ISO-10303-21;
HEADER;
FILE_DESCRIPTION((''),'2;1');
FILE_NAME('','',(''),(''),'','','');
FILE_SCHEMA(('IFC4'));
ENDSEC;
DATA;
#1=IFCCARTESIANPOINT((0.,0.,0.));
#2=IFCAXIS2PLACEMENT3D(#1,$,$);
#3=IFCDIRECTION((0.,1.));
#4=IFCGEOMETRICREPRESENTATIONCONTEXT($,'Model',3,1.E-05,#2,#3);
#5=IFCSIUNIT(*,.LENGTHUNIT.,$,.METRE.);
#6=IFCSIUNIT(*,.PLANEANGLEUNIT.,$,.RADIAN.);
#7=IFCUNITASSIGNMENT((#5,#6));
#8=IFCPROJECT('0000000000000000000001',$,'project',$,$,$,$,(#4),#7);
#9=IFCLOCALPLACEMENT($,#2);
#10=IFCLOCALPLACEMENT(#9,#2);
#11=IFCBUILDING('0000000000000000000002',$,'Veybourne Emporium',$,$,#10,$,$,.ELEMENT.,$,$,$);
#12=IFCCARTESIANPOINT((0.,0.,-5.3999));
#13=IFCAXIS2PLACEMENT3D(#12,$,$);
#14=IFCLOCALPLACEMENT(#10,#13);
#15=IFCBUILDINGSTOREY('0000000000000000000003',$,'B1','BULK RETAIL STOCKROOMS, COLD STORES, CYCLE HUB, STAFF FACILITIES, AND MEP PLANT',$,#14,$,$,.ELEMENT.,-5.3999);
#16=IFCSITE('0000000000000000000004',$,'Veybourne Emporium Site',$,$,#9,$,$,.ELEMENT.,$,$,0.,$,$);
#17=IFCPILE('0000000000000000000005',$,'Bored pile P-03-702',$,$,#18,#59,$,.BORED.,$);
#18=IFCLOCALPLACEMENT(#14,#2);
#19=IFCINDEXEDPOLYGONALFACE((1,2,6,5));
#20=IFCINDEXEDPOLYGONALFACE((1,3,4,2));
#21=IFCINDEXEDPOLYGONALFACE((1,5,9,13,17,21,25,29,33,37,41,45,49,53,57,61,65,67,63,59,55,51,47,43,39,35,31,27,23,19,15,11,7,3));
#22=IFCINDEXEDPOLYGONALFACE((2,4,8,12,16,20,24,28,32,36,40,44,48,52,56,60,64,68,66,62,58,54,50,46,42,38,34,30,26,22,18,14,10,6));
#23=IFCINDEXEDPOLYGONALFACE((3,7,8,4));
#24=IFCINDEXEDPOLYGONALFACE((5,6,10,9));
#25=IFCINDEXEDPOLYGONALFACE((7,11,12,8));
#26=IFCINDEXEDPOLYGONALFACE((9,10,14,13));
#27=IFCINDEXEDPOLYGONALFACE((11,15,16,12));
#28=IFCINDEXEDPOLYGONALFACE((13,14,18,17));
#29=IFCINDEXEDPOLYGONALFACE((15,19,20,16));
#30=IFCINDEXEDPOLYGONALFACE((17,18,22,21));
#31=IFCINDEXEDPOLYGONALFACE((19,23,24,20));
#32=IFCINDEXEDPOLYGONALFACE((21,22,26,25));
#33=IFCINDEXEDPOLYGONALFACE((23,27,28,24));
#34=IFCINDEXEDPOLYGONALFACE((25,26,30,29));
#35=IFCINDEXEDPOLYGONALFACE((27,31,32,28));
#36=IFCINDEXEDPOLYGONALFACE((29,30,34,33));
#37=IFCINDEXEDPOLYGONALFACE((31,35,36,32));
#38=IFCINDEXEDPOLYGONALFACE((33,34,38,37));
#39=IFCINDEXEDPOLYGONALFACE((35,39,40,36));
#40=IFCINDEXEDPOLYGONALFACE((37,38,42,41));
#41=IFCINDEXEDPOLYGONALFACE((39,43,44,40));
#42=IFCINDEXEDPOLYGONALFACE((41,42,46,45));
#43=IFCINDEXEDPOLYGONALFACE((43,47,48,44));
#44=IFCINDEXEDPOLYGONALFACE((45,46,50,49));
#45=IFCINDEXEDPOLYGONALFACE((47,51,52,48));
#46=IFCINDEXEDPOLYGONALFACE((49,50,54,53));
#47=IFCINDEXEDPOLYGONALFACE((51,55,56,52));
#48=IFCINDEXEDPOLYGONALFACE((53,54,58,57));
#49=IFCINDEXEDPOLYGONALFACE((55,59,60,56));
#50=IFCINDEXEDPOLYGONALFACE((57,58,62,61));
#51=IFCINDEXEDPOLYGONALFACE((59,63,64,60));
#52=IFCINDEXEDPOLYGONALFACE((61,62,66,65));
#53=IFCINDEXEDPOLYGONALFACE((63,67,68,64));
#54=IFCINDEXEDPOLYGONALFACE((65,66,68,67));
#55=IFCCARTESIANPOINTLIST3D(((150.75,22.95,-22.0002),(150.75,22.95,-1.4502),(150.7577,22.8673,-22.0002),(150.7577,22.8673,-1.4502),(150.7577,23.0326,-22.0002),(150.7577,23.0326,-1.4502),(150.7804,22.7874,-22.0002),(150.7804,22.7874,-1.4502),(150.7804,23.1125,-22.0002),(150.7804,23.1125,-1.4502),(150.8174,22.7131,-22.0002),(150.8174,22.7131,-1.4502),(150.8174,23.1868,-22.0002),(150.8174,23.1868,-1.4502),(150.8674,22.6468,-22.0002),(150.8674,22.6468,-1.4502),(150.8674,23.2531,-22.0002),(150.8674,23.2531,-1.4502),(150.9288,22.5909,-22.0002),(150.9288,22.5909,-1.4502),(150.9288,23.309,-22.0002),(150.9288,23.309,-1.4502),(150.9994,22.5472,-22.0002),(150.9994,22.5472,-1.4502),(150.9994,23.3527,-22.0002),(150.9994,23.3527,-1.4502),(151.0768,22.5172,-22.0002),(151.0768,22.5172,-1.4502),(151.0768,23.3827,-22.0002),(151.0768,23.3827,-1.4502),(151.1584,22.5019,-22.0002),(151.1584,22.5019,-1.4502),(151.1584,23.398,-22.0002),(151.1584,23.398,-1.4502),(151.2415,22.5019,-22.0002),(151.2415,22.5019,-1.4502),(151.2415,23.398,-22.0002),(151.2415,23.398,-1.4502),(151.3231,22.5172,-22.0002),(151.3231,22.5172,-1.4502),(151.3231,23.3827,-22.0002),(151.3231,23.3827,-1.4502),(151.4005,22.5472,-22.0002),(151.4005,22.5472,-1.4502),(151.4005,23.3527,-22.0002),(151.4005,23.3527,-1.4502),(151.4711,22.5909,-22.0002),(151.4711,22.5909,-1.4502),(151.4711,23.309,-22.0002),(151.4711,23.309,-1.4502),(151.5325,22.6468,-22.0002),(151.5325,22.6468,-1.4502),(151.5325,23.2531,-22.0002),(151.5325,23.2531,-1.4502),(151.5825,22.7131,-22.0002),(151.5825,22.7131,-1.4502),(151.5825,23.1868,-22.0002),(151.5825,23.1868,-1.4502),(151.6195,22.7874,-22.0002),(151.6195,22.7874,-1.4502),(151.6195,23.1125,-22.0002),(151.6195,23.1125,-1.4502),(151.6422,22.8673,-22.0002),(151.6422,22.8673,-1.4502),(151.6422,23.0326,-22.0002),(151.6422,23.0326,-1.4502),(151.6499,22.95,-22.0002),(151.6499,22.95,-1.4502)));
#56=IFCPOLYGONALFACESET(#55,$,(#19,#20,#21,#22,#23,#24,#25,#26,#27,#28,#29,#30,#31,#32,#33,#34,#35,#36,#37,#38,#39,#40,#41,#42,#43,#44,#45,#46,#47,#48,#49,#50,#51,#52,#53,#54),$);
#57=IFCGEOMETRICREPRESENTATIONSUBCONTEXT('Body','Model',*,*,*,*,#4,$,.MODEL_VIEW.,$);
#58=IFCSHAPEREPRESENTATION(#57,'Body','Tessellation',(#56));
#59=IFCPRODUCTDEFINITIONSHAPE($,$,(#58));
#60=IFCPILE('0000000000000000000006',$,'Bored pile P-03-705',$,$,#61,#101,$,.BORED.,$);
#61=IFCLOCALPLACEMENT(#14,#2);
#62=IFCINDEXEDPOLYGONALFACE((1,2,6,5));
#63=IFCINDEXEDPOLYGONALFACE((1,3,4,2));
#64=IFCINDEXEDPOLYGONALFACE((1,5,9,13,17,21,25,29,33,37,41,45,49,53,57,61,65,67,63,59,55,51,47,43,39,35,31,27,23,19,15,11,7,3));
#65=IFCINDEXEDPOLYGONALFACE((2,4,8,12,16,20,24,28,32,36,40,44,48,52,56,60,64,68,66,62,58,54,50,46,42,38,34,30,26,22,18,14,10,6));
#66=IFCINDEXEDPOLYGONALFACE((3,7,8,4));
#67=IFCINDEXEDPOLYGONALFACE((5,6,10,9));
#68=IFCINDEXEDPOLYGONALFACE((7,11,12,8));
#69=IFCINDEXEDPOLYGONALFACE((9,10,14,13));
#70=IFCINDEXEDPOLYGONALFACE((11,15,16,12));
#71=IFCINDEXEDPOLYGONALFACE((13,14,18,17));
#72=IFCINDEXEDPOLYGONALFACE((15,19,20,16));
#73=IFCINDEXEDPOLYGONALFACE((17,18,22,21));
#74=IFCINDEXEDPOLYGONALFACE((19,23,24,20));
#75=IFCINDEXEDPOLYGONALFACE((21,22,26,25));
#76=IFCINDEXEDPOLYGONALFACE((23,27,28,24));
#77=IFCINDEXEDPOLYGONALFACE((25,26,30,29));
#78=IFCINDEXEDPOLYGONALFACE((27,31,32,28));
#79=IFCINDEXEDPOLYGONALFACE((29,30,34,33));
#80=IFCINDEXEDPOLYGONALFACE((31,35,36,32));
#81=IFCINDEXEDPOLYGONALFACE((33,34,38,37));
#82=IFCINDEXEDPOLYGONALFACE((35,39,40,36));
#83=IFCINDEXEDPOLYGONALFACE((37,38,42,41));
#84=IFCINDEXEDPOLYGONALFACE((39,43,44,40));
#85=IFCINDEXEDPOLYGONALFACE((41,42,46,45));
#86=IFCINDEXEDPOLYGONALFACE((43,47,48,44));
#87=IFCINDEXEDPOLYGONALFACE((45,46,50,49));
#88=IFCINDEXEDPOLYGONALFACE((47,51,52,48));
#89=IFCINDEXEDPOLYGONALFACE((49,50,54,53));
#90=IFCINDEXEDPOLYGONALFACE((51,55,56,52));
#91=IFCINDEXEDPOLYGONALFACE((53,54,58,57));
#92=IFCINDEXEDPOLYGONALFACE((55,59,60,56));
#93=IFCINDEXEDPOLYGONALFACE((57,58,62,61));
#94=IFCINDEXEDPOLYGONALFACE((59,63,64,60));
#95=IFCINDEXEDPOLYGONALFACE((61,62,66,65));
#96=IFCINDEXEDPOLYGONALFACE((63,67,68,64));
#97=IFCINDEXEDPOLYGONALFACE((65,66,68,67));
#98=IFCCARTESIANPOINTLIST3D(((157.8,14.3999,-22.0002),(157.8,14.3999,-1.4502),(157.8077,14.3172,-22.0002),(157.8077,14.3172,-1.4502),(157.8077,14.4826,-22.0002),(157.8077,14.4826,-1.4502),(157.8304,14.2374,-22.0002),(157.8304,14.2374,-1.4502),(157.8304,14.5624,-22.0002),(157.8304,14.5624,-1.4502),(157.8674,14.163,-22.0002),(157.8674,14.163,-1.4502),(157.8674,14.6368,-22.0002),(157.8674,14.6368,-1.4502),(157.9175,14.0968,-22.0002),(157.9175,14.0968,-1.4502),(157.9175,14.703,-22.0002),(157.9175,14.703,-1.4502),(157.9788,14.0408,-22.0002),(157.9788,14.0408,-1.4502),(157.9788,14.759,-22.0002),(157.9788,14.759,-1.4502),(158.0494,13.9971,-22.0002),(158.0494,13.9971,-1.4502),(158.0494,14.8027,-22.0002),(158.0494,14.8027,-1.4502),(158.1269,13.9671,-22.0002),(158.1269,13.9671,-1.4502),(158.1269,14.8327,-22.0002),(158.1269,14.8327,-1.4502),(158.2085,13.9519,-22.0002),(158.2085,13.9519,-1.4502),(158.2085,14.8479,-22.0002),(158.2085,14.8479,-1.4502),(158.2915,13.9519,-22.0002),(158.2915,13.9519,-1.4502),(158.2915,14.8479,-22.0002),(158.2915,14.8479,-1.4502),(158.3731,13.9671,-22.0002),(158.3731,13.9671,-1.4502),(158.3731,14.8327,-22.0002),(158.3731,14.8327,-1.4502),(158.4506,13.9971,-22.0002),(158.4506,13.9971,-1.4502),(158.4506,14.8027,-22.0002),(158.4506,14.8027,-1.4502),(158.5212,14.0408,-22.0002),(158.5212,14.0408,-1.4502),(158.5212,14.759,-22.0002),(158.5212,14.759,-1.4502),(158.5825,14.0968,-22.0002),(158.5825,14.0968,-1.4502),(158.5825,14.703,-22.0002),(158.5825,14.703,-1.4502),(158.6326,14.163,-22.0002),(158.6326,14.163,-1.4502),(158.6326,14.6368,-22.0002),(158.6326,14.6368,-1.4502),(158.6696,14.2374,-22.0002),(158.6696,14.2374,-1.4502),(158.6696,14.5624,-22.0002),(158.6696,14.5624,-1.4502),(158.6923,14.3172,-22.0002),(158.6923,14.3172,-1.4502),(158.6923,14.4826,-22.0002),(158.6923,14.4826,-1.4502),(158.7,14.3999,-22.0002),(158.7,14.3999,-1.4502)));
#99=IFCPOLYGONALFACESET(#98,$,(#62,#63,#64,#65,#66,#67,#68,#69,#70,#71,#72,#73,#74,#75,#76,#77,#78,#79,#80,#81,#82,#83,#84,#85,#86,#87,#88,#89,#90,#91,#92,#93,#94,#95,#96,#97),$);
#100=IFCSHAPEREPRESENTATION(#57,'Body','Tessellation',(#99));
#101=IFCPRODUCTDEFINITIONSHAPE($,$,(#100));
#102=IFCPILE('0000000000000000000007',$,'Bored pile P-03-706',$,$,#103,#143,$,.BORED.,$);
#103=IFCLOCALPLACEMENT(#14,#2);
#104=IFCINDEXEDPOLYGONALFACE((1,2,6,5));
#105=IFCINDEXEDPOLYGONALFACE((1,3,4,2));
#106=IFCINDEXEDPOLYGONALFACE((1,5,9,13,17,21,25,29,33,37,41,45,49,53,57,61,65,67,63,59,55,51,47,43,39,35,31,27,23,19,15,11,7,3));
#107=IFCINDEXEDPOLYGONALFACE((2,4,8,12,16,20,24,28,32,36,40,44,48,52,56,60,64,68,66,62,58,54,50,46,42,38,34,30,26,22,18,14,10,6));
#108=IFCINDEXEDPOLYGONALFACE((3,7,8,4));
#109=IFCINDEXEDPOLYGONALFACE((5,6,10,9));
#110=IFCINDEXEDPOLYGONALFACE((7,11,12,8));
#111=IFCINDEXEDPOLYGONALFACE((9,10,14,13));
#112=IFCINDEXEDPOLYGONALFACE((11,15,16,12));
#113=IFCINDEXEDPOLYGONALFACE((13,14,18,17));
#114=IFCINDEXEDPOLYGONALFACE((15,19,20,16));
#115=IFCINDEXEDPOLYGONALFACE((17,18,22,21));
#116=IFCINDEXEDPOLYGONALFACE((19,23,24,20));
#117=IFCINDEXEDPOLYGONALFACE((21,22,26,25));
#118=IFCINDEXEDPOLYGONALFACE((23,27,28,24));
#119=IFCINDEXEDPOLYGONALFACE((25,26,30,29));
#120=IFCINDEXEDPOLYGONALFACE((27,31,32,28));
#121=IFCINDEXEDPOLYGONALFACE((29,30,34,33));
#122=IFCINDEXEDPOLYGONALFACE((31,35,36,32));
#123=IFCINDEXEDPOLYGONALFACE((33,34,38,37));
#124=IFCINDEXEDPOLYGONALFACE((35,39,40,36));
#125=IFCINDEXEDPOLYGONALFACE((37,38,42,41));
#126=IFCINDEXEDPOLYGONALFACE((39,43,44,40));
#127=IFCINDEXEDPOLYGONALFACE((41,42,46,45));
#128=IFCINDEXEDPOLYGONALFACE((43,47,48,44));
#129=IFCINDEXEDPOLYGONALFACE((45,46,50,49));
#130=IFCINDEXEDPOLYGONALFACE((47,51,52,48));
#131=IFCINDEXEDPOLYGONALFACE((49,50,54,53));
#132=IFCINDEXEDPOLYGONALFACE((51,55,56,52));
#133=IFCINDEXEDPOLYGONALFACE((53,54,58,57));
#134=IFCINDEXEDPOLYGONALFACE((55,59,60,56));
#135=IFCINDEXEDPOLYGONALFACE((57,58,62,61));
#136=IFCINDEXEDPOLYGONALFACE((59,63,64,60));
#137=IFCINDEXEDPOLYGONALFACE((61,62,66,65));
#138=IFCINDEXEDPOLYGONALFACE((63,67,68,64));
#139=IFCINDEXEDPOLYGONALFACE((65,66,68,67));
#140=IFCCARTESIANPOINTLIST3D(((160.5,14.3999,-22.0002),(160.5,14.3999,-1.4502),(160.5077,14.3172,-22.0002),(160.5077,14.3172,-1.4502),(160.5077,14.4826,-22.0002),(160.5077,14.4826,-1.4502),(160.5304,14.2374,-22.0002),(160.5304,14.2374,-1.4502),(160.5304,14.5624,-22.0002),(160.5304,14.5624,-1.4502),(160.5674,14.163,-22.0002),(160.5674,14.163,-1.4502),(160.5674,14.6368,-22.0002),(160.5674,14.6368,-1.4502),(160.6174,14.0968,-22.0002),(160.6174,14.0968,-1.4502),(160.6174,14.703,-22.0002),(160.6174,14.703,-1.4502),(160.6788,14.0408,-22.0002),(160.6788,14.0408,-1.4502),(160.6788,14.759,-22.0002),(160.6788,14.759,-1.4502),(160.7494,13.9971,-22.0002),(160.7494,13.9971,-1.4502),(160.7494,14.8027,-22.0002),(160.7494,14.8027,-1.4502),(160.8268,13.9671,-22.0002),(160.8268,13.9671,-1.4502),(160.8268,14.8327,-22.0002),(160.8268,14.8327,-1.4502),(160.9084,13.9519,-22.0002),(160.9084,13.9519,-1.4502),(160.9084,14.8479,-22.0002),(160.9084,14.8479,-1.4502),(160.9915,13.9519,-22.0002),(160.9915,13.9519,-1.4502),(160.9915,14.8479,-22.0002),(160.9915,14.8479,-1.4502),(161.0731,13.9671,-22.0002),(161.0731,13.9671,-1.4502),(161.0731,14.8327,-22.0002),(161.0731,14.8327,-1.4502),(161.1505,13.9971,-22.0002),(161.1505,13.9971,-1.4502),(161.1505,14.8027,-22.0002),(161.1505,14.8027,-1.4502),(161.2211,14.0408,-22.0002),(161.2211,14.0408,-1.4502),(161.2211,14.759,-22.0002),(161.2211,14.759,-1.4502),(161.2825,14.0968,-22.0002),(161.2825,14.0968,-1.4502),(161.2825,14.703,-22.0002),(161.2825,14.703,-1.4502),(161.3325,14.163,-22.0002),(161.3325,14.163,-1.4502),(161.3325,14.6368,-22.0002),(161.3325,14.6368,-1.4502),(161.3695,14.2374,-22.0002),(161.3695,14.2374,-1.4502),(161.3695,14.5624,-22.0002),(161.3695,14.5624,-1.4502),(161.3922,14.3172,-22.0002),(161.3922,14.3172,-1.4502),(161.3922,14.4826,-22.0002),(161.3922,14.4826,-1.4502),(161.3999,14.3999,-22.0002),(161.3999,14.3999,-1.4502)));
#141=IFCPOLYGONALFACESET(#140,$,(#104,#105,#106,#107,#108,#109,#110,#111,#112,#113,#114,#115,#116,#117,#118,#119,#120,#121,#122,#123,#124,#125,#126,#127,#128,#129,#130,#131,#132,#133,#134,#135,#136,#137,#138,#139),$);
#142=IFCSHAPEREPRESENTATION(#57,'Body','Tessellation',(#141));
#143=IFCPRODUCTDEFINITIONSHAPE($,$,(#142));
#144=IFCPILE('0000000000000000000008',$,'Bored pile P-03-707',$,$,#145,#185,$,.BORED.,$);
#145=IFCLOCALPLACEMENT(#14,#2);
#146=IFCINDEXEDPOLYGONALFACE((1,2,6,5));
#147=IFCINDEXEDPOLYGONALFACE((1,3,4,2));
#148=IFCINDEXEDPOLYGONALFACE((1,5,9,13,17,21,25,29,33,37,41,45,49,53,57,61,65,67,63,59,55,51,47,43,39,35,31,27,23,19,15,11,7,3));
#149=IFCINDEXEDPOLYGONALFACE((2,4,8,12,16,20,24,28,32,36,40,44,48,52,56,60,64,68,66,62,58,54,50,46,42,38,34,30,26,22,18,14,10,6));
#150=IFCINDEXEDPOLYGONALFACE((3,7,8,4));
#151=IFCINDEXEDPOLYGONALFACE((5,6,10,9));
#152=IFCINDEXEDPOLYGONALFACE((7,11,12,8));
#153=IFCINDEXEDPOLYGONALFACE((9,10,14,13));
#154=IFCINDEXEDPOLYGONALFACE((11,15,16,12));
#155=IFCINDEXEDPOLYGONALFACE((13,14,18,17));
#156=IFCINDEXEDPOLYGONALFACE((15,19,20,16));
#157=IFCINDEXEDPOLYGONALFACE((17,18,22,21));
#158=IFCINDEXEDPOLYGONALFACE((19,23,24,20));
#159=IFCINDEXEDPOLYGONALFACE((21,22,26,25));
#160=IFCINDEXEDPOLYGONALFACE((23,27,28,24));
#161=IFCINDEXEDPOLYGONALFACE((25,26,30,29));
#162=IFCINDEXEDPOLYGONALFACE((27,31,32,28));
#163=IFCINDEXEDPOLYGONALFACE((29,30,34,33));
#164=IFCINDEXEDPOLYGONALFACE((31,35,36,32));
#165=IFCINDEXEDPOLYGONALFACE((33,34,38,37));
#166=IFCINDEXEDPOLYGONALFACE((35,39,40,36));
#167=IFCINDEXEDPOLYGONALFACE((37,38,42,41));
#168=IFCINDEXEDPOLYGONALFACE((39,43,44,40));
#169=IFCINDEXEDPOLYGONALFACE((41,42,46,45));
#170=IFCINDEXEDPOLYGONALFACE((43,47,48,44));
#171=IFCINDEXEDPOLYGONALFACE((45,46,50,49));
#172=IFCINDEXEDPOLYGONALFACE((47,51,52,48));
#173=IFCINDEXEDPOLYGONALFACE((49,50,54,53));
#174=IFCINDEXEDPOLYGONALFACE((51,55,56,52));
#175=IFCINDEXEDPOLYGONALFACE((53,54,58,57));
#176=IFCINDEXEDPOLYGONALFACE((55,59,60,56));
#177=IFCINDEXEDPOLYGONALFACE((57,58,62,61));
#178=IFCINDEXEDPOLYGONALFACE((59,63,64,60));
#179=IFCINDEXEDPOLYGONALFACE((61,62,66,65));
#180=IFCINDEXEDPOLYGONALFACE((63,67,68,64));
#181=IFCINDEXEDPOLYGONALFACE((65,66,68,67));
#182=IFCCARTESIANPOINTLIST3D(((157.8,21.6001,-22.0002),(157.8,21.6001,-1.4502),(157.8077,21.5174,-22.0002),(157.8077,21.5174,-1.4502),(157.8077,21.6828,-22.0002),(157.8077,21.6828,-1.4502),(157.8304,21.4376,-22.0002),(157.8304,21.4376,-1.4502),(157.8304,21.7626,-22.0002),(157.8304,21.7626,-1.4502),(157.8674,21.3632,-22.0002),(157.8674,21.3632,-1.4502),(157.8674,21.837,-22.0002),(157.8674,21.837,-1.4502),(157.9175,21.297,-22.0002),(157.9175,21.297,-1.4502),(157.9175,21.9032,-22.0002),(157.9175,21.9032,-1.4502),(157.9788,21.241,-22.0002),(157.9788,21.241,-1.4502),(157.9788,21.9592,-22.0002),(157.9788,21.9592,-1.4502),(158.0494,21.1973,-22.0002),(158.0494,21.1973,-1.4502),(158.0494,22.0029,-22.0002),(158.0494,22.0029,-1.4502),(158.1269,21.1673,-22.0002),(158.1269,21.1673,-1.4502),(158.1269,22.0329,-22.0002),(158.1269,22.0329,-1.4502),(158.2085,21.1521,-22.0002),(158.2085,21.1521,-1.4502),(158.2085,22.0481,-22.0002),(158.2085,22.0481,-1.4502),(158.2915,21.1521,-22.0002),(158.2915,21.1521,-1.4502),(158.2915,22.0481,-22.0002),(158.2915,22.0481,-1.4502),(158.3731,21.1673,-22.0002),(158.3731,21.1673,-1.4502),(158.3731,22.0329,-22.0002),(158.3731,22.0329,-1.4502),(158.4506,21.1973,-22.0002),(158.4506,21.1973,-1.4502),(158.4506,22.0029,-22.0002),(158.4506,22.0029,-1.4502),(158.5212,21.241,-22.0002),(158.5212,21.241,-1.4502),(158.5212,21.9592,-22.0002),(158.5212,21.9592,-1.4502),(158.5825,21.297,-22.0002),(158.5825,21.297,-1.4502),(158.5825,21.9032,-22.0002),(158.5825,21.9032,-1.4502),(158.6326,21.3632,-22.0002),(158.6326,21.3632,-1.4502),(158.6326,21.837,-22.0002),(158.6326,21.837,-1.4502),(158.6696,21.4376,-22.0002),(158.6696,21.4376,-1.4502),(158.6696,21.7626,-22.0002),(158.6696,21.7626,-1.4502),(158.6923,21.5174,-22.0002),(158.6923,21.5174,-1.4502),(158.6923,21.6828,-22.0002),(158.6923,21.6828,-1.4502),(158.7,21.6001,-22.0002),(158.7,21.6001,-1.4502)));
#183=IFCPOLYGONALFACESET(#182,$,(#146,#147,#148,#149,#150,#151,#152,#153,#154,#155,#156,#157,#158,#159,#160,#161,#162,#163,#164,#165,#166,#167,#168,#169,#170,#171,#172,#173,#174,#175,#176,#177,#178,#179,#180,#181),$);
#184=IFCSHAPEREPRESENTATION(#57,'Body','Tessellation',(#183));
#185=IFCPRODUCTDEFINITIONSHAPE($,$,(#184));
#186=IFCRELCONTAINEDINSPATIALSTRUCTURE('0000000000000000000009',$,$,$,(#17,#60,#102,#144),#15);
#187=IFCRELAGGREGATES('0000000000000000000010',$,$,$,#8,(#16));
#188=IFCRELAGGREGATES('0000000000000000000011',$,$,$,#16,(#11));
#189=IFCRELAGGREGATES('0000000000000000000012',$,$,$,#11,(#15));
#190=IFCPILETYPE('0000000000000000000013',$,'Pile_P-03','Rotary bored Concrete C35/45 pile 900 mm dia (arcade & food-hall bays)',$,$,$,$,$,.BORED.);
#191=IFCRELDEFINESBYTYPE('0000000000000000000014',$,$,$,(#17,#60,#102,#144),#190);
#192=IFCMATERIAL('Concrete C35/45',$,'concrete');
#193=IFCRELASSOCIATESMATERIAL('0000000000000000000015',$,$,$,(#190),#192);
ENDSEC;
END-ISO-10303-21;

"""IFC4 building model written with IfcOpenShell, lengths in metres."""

from ifc_helpers import new_model, si_unit, direction, frame, origin, origin_2d, place, context, subcontext, project, spatial, circle, extrude, material, material_profile, profile_set, type_object, element, save


model = new_model("IFC4")

# Units and contexts
model_context = context("Model", 3, precision=1e-05, world=origin(), true_north=direction((0.0, 1.0)))
body_context = subcontext(model_context, "Body", "Model", "MODEL_VIEW")
ifc_project = project(units=[si_unit("LENGTHUNIT", "METRE"), si_unit("PLANEANGLEUNIT", "RADIAN")], contexts=[model_context])

# Site, building, storey
site_placement = place(None, origin())
site = spatial("IfcSite", under=ifc_project, at=site_placement, Name="Veybourne Emporium Site", CompositionType="ELEMENT", RefElevation=0.0)
building_placement = place(site_placement, origin())
building = spatial("IfcBuilding", under=site, at=building_placement, Name="Veybourne Emporium", CompositionType="ELEMENT")
storey_placement = place(building_placement, frame((0.0, 0.0, -5.3999)))
storey = spatial("IfcBuildingStorey", under=building, at=storey_placement, Name="B1", Description="BULK RETAIL STOCKROOMS, COLD STORES, CYCLE HUB, STAFF FACILITIES, AND MEP PLANT", CompositionType="ELEMENT", Elevation=-5.3999)

# Shared definitions
ifc_material_1 = material(Name="Concrete C35/45", Category="concrete")

# Piles
ifc_material_profile_1 = material_profile(ifc_material_1, circle(Radius=0.45, at=origin_2d()), Name="BORED PILE 900")
ifc_profile_set_1 = profile_set([ifc_material_profile_1], Name="Concrete C35/45")
pile_type = type_object("IfcPileType", Name="Pile_P-03", Description="Rotary bored Concrete C35/45 pile 900 mm dia (arcade & food-hall bays)", PredefinedType="BORED", material=ifc_profile_set_1)
for number, where, z_axis, x_axis, name in (
    (1, (151.2, 22.95, -1.4502), (0.0, 0.0, -1.0), (1.0, 0.0, 0.0), "Bored pile P-03-702"),
    (2, (158.25, 14.3999, -1.4502), (0.0, 0.0, -1.0), (1.0, 0.0, 0.0), "Bored pile P-03-705"),
    (3, (160.95, 14.3999, -1.4502), (0.0, 0.0, -1.0), (1.0, 0.0, 0.0), "Bored pile P-03-706"),
    (4, (158.25, 21.6001, -1.4502), (0.0, 0.0, -1.0), (1.0, 0.0, 0.0), "Bored pile P-03-707"),
):
    element("IfcPile", number, at=place(storey_placement, frame(where, z_axis=z_axis, x_axis=x_axis)), inside=storey, type_object=pile_type, Name=name, PredefinedType="BORED", context=body_context, shape_type="SweptSolid", body=[
        extrude(circle(Radius=0.45, at=origin_2d()), origin(), (0.0, 0.0, 1.0), 20.55),
    ])

save(model, "model.ifc")
